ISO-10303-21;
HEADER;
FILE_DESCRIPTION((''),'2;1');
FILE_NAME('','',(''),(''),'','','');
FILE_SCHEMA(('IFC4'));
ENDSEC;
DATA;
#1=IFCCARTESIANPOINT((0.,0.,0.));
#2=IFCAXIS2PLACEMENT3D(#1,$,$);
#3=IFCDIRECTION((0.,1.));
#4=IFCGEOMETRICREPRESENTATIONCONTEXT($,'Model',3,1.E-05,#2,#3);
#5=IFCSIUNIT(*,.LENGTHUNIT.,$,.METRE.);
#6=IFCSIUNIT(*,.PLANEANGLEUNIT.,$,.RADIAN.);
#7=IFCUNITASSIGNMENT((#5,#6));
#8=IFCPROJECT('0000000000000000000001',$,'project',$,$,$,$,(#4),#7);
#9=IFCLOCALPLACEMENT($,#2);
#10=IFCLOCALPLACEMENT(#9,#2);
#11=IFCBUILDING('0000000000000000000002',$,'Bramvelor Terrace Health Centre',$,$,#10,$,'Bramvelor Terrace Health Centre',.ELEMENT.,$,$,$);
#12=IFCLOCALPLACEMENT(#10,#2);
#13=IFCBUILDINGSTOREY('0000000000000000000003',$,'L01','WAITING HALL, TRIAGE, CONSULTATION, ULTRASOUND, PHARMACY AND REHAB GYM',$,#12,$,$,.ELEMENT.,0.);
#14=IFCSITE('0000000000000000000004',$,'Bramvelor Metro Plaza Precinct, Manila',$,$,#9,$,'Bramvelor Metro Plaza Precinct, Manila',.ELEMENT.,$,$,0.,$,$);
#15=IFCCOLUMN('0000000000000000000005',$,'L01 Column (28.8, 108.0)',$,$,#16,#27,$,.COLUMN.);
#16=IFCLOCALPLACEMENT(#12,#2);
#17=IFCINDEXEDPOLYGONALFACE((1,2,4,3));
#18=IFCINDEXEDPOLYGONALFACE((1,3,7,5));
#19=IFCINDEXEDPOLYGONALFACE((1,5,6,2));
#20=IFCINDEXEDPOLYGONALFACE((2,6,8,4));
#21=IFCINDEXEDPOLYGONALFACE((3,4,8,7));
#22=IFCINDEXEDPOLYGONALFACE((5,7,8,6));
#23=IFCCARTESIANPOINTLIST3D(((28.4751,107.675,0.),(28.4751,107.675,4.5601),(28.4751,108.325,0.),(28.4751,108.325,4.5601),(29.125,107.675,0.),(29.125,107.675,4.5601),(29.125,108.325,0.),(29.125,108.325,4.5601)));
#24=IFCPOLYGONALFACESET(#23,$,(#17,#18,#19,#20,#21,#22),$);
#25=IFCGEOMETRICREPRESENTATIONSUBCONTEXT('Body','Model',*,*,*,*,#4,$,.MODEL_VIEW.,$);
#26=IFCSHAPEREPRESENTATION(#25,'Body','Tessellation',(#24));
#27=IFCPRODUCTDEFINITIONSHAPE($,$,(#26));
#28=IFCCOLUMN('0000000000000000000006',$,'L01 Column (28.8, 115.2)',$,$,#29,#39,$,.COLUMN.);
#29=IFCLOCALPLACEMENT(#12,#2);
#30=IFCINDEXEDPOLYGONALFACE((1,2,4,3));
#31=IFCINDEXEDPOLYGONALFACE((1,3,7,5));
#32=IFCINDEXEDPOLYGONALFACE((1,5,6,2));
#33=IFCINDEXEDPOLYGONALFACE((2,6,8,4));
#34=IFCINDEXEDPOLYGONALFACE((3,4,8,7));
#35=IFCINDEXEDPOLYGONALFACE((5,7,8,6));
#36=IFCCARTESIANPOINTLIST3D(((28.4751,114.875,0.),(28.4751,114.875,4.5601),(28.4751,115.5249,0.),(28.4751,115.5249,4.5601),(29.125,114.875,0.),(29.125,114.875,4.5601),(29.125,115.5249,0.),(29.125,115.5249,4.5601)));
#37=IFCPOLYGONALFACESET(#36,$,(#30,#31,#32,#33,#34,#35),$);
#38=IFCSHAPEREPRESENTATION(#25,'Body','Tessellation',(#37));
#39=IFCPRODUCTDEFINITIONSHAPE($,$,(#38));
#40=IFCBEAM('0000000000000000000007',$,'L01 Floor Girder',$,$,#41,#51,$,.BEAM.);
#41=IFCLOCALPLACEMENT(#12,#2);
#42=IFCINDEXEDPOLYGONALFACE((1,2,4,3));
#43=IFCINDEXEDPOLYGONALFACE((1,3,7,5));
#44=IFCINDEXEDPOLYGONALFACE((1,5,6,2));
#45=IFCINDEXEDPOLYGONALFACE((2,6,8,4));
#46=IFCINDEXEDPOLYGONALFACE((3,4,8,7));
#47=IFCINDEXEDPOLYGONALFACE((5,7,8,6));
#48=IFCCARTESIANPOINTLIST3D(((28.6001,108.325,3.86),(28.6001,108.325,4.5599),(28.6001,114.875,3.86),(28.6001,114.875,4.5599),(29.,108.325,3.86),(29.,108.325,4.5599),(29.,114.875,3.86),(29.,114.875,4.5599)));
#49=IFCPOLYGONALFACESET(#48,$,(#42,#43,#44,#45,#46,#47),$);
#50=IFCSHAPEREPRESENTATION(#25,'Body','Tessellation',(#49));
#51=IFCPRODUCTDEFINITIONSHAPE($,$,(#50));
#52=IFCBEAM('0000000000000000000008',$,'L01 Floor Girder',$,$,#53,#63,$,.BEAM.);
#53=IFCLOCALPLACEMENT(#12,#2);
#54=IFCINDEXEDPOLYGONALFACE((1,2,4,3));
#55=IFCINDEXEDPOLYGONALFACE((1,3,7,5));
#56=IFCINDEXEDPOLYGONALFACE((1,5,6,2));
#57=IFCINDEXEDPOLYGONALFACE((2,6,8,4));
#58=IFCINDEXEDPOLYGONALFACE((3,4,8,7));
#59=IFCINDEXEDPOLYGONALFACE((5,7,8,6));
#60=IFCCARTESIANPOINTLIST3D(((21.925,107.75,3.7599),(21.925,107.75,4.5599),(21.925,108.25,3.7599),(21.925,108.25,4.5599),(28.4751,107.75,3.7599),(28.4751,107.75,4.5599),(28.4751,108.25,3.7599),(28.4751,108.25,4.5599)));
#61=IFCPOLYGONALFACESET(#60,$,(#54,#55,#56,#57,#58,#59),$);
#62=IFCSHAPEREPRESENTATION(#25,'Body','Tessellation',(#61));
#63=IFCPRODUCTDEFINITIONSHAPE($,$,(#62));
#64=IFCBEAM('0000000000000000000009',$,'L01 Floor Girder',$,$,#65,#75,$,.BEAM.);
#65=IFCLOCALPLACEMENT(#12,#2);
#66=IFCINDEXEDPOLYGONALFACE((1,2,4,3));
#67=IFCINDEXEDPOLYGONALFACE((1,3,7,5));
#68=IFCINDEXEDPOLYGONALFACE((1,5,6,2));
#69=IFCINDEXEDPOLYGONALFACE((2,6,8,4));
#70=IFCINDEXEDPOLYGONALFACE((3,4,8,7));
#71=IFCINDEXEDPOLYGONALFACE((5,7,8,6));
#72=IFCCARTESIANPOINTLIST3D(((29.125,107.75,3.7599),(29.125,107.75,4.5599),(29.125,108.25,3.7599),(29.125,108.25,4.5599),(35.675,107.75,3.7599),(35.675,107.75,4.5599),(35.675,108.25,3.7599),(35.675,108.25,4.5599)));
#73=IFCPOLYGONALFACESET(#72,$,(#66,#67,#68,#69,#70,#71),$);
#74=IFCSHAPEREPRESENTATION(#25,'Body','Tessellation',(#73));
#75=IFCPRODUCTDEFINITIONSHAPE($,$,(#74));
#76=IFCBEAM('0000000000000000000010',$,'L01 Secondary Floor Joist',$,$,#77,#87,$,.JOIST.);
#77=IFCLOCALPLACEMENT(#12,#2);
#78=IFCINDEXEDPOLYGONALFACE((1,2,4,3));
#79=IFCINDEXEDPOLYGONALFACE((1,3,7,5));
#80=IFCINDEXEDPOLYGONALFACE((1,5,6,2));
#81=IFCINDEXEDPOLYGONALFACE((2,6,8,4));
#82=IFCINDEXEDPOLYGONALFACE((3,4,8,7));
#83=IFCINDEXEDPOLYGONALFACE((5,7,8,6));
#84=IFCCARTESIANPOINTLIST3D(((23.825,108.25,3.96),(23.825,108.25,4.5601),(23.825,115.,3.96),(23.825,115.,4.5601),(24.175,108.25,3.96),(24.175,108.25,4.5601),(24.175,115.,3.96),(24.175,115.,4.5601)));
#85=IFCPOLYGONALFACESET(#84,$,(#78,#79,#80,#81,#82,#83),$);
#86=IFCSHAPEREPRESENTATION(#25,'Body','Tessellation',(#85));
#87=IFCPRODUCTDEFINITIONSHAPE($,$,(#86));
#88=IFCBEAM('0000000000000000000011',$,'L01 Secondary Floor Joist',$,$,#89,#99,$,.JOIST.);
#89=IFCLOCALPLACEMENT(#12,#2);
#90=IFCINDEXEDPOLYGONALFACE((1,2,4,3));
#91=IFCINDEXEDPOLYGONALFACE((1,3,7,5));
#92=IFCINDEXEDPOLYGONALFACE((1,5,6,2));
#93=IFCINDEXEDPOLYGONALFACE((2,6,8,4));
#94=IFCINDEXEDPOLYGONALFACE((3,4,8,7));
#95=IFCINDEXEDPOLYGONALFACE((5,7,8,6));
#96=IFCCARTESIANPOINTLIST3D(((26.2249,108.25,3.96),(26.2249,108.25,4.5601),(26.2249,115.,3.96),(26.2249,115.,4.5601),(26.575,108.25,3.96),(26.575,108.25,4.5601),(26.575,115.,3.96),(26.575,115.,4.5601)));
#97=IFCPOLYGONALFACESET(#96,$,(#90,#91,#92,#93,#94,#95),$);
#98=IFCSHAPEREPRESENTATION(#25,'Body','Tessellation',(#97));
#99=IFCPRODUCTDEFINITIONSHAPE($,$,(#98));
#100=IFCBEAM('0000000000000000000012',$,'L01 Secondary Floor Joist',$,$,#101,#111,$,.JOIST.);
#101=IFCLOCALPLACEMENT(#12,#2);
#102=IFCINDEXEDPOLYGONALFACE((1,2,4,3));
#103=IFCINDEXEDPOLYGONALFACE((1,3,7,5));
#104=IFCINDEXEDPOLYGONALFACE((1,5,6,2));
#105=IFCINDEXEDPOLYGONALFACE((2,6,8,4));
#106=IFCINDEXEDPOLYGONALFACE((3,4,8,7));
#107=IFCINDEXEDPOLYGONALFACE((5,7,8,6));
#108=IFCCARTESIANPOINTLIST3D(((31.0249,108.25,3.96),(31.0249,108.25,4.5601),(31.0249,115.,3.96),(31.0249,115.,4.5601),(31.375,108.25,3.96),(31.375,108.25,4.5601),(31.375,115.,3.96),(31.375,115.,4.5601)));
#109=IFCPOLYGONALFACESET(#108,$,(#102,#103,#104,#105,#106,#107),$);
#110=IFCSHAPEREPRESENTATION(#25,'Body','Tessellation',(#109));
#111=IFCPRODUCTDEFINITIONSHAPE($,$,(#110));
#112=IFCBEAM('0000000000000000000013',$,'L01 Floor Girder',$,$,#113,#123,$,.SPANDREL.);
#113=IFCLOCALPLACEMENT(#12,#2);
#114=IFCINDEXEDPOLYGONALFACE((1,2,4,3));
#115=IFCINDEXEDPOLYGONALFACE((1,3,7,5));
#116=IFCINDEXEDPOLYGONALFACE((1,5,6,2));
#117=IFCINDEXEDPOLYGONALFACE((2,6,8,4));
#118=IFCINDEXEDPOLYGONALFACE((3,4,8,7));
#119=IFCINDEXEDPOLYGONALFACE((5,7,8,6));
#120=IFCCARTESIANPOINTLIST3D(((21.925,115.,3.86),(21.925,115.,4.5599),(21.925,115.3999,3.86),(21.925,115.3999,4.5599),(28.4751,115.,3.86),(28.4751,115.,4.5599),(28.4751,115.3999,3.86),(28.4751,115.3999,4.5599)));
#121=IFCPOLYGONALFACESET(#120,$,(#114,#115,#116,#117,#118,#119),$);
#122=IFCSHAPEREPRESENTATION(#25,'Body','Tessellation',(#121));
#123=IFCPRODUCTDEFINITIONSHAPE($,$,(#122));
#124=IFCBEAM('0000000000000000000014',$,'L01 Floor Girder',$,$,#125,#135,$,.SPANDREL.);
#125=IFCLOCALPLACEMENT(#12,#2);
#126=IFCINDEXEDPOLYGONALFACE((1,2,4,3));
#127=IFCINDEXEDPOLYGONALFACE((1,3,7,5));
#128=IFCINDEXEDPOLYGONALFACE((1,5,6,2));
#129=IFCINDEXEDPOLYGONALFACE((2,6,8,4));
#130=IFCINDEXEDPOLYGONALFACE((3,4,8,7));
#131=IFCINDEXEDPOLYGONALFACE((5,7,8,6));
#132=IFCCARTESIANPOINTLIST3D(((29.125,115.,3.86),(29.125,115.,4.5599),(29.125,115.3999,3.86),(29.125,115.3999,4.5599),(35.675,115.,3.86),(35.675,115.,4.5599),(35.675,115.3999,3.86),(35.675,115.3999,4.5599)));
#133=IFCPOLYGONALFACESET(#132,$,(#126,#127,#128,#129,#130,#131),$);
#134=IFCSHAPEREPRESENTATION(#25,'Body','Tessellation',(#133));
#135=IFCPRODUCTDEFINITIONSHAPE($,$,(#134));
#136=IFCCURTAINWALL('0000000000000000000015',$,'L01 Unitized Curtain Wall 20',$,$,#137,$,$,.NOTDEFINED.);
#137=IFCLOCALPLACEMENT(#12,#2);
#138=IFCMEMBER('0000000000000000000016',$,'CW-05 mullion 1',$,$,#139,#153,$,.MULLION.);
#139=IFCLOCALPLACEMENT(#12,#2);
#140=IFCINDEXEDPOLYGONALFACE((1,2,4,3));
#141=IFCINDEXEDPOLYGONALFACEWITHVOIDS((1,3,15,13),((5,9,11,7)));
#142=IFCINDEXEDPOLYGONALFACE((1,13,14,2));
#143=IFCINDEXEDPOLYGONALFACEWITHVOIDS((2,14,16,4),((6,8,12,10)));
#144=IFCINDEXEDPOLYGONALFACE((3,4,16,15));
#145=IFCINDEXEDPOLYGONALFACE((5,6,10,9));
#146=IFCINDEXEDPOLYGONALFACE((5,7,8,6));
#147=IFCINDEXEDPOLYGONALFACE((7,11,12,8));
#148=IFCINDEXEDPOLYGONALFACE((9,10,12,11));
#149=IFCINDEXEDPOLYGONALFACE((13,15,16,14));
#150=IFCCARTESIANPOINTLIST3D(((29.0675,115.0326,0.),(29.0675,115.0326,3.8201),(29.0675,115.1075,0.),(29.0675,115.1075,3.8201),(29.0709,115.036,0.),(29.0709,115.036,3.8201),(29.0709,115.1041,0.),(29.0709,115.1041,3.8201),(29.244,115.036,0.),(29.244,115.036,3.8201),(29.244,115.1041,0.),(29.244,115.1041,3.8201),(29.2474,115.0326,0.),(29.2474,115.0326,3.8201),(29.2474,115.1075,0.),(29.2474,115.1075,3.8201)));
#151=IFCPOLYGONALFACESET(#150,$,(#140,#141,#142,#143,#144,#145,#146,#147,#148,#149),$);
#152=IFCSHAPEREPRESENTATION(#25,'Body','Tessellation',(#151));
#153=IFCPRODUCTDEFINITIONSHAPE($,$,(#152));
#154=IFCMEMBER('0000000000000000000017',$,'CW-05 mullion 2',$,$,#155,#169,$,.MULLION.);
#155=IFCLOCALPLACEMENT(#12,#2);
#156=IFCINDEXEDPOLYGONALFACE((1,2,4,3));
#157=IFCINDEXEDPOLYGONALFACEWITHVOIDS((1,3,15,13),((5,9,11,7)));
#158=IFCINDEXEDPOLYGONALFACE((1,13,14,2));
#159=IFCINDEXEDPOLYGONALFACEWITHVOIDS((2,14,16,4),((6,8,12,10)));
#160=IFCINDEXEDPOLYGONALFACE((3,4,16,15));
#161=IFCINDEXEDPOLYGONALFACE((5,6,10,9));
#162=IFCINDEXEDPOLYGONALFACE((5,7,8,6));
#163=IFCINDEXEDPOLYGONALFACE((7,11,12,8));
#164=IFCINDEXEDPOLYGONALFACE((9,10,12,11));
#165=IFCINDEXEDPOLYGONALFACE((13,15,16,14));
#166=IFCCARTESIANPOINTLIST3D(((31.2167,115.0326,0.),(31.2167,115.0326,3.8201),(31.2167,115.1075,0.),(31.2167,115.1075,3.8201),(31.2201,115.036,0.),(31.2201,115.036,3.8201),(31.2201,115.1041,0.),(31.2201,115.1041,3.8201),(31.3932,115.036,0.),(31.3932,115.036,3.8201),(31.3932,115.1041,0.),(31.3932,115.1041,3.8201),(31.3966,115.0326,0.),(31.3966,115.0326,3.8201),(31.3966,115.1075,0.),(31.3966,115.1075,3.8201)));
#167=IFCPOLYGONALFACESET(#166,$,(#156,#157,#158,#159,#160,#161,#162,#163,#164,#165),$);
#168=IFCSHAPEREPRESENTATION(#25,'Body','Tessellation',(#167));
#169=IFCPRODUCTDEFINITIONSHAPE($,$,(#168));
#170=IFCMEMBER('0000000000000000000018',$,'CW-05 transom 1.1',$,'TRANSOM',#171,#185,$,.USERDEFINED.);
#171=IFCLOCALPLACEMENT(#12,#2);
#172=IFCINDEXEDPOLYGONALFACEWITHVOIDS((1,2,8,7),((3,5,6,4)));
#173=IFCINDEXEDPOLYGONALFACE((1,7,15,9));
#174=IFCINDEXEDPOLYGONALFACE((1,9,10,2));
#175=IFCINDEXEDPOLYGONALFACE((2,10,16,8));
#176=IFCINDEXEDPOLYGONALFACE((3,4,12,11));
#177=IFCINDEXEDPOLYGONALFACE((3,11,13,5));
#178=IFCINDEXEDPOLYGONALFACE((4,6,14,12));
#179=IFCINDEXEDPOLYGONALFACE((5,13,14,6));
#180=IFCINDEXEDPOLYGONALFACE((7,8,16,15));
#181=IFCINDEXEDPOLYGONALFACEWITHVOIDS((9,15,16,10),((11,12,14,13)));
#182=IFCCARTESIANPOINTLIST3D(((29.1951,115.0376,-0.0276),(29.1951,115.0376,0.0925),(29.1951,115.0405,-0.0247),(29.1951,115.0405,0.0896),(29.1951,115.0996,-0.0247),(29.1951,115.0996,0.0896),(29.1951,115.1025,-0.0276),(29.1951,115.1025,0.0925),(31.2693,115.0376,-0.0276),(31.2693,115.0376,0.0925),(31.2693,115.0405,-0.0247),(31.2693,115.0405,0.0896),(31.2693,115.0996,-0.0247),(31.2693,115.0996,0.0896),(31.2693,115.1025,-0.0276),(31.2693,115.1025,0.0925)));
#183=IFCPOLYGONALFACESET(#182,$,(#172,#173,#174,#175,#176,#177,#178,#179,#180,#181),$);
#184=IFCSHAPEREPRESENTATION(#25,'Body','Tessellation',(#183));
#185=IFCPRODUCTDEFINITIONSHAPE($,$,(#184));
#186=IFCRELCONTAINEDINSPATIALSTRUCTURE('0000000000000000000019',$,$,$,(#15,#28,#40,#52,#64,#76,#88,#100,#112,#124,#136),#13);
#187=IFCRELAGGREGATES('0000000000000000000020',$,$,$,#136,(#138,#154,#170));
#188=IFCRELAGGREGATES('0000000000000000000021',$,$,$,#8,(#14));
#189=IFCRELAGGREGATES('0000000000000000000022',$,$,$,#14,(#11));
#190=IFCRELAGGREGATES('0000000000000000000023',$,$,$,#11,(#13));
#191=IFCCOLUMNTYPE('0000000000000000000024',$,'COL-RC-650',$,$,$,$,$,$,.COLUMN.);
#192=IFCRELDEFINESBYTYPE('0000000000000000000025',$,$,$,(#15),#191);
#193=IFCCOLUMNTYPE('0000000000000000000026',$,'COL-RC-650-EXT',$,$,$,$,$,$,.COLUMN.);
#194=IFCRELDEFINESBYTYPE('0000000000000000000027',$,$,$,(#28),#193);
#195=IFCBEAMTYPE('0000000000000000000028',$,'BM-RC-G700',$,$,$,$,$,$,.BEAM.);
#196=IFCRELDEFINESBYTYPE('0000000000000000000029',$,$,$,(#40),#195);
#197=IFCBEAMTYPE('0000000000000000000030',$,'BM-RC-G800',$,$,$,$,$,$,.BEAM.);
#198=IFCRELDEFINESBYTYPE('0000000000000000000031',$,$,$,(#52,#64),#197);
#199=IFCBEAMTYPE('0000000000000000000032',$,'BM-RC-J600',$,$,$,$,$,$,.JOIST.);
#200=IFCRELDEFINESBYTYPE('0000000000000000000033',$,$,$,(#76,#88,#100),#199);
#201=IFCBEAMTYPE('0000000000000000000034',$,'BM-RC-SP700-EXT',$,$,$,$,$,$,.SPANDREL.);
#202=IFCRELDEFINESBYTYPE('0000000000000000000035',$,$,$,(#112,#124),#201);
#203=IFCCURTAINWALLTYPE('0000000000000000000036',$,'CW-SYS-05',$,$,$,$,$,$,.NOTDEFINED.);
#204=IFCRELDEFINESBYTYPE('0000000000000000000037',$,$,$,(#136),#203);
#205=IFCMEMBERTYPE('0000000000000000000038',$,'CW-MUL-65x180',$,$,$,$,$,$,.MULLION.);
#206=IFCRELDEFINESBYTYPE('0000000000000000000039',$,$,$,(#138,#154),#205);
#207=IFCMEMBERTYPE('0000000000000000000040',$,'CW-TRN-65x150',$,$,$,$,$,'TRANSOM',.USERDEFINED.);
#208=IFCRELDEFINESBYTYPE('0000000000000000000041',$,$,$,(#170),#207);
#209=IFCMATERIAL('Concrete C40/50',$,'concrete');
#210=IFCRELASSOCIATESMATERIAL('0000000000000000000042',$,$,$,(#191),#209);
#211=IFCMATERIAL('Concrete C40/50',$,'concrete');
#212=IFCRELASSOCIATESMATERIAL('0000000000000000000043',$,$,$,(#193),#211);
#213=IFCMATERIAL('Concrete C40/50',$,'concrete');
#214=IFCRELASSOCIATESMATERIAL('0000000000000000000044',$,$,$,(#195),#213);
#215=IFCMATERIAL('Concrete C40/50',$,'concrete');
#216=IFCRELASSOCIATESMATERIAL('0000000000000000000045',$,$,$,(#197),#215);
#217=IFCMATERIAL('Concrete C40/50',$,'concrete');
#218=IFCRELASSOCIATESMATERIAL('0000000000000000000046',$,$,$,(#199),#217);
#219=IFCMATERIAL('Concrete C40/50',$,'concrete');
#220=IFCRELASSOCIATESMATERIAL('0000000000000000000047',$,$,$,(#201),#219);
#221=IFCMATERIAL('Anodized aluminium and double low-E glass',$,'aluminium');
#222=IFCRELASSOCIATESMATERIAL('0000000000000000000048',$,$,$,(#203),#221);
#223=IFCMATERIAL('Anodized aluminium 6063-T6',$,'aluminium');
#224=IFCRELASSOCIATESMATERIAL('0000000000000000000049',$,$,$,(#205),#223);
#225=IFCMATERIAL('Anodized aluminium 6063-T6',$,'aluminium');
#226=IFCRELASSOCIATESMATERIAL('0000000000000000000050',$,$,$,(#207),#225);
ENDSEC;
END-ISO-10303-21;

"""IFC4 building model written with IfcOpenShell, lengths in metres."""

from ifc_helpers import new_model, si_unit, direction, frame, origin, origin_2d, place, context, subcontext, project, spatial, rectangle, hollow_rectangle, extrude, material, material_profile, profile_set, type_object, element, aggregate, save


model = new_model("IFC4")

# Units and contexts
model_context = context("Model", 3, precision=1e-05, world=origin(), true_north=direction((0.0, 1.0)))
body_context = subcontext(model_context, "Body", "Model", "MODEL_VIEW")
ifc_project = project(units=[si_unit("LENGTHUNIT", "METRE"), si_unit("PLANEANGLEUNIT", "RADIAN")], contexts=[model_context])

# Site, building, storey
site_placement = place(None, origin())
site = spatial("IfcSite", under=ifc_project, at=site_placement, Name="Bramvelor Metro Plaza Precinct, Manila", LongName="Bramvelor Metro Plaza Precinct, Manila", CompositionType="ELEMENT", RefElevation=0.0)
building_placement = place(site_placement, origin())
building = spatial("IfcBuilding", under=site, at=building_placement, Name="Bramvelor Terrace Health Centre", LongName="Bramvelor Terrace Health Centre", CompositionType="ELEMENT")
storey_placement = place(building_placement, origin())
storey = spatial("IfcBuildingStorey", under=building, at=storey_placement, Name="L01", Description="WAITING HALL, TRIAGE, CONSULTATION, ULTRASOUND, PHARMACY AND REHAB GYM", CompositionType="ELEMENT", Elevation=0.0)

# Columns
ifc_material_1 = material(Name="Concrete C40/50", Category="concrete")
ifc_material_profile_1 = material_profile(ifc_material_1, rectangle(XDim=0.6499, YDim=0.6499, at=origin_2d()), Name="RC 650x650")
ifc_profile_set_1 = profile_set([ifc_material_profile_1], Name="Concrete C40/50")
column_type_1 = type_object("IfcColumnType", Name="COL-RC-650", PredefinedType="COLUMN", material=ifc_profile_set_1)
column_1_placement = place(storey_placement, frame((28.8, 108.0, 0.0), z_axis=(0.0, 0.0, 1.0), x_axis=(1.0, 0.0, 0.0)))
element("IfcColumn", 1, at=column_1_placement, inside=storey, type_object=column_type_1, Name="L01 Column (28.8, 108.0)", PredefinedType="COLUMN", context=body_context, shape_type="SweptSolid", body=[
    extrude(rectangle(XDim=0.6499, YDim=0.6499, at=origin_2d()), origin(), (0.0, 0.0, 1.0), 4.5601),
])
ifc_material_2 = material(Name="Concrete C40/50", Category="concrete")
ifc_material_profile_2 = material_profile(ifc_material_2, rectangle(XDim=0.6499, YDim=0.6499, at=origin_2d()), Name="RC 650x650")
ifc_profile_set_2 = profile_set([ifc_material_profile_2], Name="Concrete C40/50")
column_type_2 = type_object("IfcColumnType", Name="COL-RC-650-EXT", PredefinedType="COLUMN", material=ifc_profile_set_2)
column_2_placement = place(storey_placement, frame((28.8, 115.2, 0.0), z_axis=(0.0, 0.0, 1.0), x_axis=(1.0, 0.0, 0.0)))
element("IfcColumn", 2, at=column_2_placement, inside=storey, type_object=column_type_2, Name="L01 Column (28.8, 115.2)", PredefinedType="COLUMN", context=body_context, shape_type="SweptSolid", body=[
    extrude(rectangle(XDim=0.6499, YDim=0.6499, at=origin_2d()), origin(), (0.0, 0.0, 1.0), 4.5601),
])

# Beams
ifc_material_3 = material(Name="Concrete C40/50", Category="concrete")
ifc_material_profile_3 = material_profile(ifc_material_3, rectangle(XDim=0.3999, YDim=0.7, at=origin_2d()), Name="RC 400x700")
ifc_profile_set_3 = profile_set([ifc_material_profile_3], Name="Concrete C40/50")
beam_type_1 = type_object("IfcBeamType", Name="BM-RC-G700", PredefinedType="BEAM", material=ifc_profile_set_3)
beam_placement = place(storey_placement, frame((28.8, 108.325, 4.21), z_axis=(0.0, 1.0, 0.0), x_axis=(-1.0, 0.0, 0.0)))
element("IfcBeam", 3, at=beam_placement, inside=storey, type_object=beam_type_1, Name="L01 Floor Girder", PredefinedType="BEAM", context=body_context, shape_type="SweptSolid", body=[
    extrude(rectangle(XDim=0.3999, YDim=0.7, at=origin_2d()), origin(), (0.0, 0.0, 1.0), 6.55),
])
ifc_material_4 = material(Name="Concrete C40/50", Category="concrete")
ifc_material_profile_4 = material_profile(ifc_material_4, rectangle(XDim=0.5, YDim=0.8, at=origin_2d()), Name="RC 500x800")
ifc_profile_set_4 = profile_set([ifc_material_profile_4], Name="Concrete C40/50")
beam_type_2 = type_object("IfcBeamType", Name="BM-RC-G800", PredefinedType="BEAM", material=ifc_profile_set_4)
for number, where, z_axis, x_axis, name in (
    (4, (21.925, 108.0, 4.1599), (1.0, 0.0, 0.0), (0.0, 1.0, 0.0), "L01 Floor Girder"),
    (5, (29.125, 108.0, 4.1599), (1.0, 0.0, 0.0), (0.0, 1.0, 0.0), "L01 Floor Girder"),
):
    element("IfcBeam", number, at=place(storey_placement, frame(where, z_axis=z_axis, x_axis=x_axis)), inside=storey, type_object=beam_type_2, Name=name, PredefinedType="BEAM", context=body_context, shape_type="SweptSolid", body=[
        extrude(rectangle(XDim=0.5, YDim=0.8, at=origin_2d()), origin(), (0.0, 0.0, 1.0), 6.55),
    ])
ifc_material_5 = material(Name="Concrete C40/50", Category="concrete")
ifc_material_profile_5 = material_profile(ifc_material_5, rectangle(XDim=0.3501, YDim=0.6001, at=origin_2d()), Name="RC 350x600")
ifc_profile_set_5 = profile_set([ifc_material_profile_5], Name="Concrete C40/50")
beam_type_3 = type_object("IfcBeamType", Name="BM-RC-J600", PredefinedType="JOIST", material=ifc_profile_set_5)
for number, where, z_axis, x_axis, name in (
    (6, (24.0, 108.25, 4.26), (0.0, 1.0, 0.0), (-1.0, 0.0, 0.0), "L01 Secondary Floor Joist"),
    (7, (26.3999, 108.25, 4.26), (0.0, 1.0, 0.0), (-1.0, 0.0, 0.0), "L01 Secondary Floor Joist"),
    (8, (31.2, 108.25, 4.26), (0.0, 1.0, 0.0), (-1.0, 0.0, 0.0), "L01 Secondary Floor Joist"),
):
    element("IfcBeam", number, at=place(storey_placement, frame(where, z_axis=z_axis, x_axis=x_axis)), inside=storey, type_object=beam_type_3, Name=name, PredefinedType="JOIST", context=body_context, shape_type="SweptSolid", body=[
        extrude(rectangle(XDim=0.3501, YDim=0.6001, at=origin_2d()), origin(), (0.0, 0.0, 1.0), 6.75),
    ])
ifc_material_6 = material(Name="Concrete C40/50", Category="concrete")
ifc_material_profile_6 = material_profile(ifc_material_6, rectangle(XDim=0.3999, YDim=0.7, at=origin_2d()), Name="RC 400x700")
ifc_profile_set_6 = profile_set([ifc_material_profile_6], Name="Concrete C40/50")
beam_type_4 = type_object("IfcBeamType", Name="BM-RC-SP700-EXT", PredefinedType="SPANDREL", material=ifc_profile_set_6)
for number, where, z_axis, x_axis, name in (
    (9, (21.925, 115.2, 4.21), (1.0, 0.0, 0.0), (0.0, 1.0, 0.0), "L01 Floor Girder"),
    (10, (29.125, 115.2, 4.21), (1.0, 0.0, 0.0), (0.0, 1.0, 0.0), "L01 Floor Girder"),
):
    element("IfcBeam", number, at=place(storey_placement, frame(where, z_axis=z_axis, x_axis=x_axis)), inside=storey, type_object=beam_type_4, Name=name, PredefinedType="SPANDREL", context=body_context, shape_type="SweptSolid", body=[
        extrude(rectangle(XDim=0.3999, YDim=0.7, at=origin_2d()), origin(), (0.0, 0.0, 1.0), 6.55),
    ])

# Curtain wall, members
ifc_material_7 = material(Name="Anodized aluminium and double low-E glass", Category="aluminium")
curtain_wall_type = type_object("IfcCurtainWallType", Name="CW-SYS-05", PredefinedType="NOTDEFINED", material=ifc_material_7)
curtain_wall_placement = place(storey_placement, origin())
curtain_wall = element("IfcCurtainWall", 11, at=curtain_wall_placement, inside=storey, type_object=curtain_wall_type, Name="L01 Unitized Curtain Wall 20", PredefinedType="NOTDEFINED")
ifc_material_8 = material(Name="Anodized aluminium 6063-T6", Category="aluminium")
ifc_material_profile_7 = material_profile(ifc_material_8, hollow_rectangle(XDim=0.075, YDim=0.1799, WallThickness=0.0034, at=origin_2d()), Name="ALU-MUL 75x180x3.5")
ifc_profile_set_7 = profile_set([ifc_material_profile_7], Name="Anodized aluminium 6063-T6")
member_type_1 = type_object("IfcMemberType", Name="CW-MUL-65x180", PredefinedType="MULLION", material=ifc_profile_set_7)
member_1_placement = place(storey_placement, frame((29.1575, 115.0701, 0.0), z_axis=(0.0, 0.0, 1.0), x_axis=(0.0, 1.0, 0.0)))
member_1 = element("IfcMember", 12, at=member_1_placement, type_object=member_type_1, Name="CW-05 mullion 1", PredefinedType="MULLION", context=body_context, shape_type="SweptSolid", body=[
    extrude(hollow_rectangle(XDim=0.075, YDim=0.1799, WallThickness=0.0034, at=origin_2d()), origin(), (0.0, 0.0, 1.0), 3.8201),
])
member_2_placement = place(storey_placement, frame((31.3066, 115.0701, 0.0), z_axis=(0.0, 0.0, 1.0), x_axis=(0.0, 1.0, 0.0)))
member_2 = element("IfcMember", 13, at=member_2_placement, type_object=member_type_1, Name="CW-05 mullion 2", PredefinedType="MULLION", context=body_context, shape_type="SweptSolid", body=[
    extrude(hollow_rectangle(XDim=0.075, YDim=0.1799, WallThickness=0.0034, at=origin_2d()), origin(), (0.0, 0.0, 1.0), 3.8201),
])
ifc_material_9 = material(Name="Anodized aluminium 6063-T6", Category="aluminium")
ifc_material_profile_8 = material_profile(ifc_material_9, hollow_rectangle(XDim=0.0649, YDim=0.1201, WallThickness=0.0029, at=origin_2d()), Name="ALU-TRN 65x120x3.0")
ifc_profile_set_8 = profile_set([ifc_material_profile_8], Name="Anodized aluminium 6063-T6")
member_type_2 = type_object("IfcMemberType", Name="CW-TRN-65x150", ElementType="TRANSOM", PredefinedType="USERDEFINED", material=ifc_profile_set_8)
member_3_placement = place(storey_placement, frame((29.1951, 115.0701, 0.0325), z_axis=(1.0, 0.0, 0.0), x_axis=(0.0, 1.0, 0.0)))
member_3 = element("IfcMember", 14, at=member_3_placement, type_object=member_type_2, Name="CW-05 transom 1.1", ObjectType="TRANSOM", PredefinedType="USERDEFINED", context=body_context, shape_type="SweptSolid", body=[
    extrude(hollow_rectangle(XDim=0.0649, YDim=0.1201, WallThickness=0.0029, at=origin_2d()), origin(), (0.0, 0.0, 1.0), 2.0742),
])
aggregate(curtain_wall, [member_1, member_2, member_3])

save(model, "model.ifc")
